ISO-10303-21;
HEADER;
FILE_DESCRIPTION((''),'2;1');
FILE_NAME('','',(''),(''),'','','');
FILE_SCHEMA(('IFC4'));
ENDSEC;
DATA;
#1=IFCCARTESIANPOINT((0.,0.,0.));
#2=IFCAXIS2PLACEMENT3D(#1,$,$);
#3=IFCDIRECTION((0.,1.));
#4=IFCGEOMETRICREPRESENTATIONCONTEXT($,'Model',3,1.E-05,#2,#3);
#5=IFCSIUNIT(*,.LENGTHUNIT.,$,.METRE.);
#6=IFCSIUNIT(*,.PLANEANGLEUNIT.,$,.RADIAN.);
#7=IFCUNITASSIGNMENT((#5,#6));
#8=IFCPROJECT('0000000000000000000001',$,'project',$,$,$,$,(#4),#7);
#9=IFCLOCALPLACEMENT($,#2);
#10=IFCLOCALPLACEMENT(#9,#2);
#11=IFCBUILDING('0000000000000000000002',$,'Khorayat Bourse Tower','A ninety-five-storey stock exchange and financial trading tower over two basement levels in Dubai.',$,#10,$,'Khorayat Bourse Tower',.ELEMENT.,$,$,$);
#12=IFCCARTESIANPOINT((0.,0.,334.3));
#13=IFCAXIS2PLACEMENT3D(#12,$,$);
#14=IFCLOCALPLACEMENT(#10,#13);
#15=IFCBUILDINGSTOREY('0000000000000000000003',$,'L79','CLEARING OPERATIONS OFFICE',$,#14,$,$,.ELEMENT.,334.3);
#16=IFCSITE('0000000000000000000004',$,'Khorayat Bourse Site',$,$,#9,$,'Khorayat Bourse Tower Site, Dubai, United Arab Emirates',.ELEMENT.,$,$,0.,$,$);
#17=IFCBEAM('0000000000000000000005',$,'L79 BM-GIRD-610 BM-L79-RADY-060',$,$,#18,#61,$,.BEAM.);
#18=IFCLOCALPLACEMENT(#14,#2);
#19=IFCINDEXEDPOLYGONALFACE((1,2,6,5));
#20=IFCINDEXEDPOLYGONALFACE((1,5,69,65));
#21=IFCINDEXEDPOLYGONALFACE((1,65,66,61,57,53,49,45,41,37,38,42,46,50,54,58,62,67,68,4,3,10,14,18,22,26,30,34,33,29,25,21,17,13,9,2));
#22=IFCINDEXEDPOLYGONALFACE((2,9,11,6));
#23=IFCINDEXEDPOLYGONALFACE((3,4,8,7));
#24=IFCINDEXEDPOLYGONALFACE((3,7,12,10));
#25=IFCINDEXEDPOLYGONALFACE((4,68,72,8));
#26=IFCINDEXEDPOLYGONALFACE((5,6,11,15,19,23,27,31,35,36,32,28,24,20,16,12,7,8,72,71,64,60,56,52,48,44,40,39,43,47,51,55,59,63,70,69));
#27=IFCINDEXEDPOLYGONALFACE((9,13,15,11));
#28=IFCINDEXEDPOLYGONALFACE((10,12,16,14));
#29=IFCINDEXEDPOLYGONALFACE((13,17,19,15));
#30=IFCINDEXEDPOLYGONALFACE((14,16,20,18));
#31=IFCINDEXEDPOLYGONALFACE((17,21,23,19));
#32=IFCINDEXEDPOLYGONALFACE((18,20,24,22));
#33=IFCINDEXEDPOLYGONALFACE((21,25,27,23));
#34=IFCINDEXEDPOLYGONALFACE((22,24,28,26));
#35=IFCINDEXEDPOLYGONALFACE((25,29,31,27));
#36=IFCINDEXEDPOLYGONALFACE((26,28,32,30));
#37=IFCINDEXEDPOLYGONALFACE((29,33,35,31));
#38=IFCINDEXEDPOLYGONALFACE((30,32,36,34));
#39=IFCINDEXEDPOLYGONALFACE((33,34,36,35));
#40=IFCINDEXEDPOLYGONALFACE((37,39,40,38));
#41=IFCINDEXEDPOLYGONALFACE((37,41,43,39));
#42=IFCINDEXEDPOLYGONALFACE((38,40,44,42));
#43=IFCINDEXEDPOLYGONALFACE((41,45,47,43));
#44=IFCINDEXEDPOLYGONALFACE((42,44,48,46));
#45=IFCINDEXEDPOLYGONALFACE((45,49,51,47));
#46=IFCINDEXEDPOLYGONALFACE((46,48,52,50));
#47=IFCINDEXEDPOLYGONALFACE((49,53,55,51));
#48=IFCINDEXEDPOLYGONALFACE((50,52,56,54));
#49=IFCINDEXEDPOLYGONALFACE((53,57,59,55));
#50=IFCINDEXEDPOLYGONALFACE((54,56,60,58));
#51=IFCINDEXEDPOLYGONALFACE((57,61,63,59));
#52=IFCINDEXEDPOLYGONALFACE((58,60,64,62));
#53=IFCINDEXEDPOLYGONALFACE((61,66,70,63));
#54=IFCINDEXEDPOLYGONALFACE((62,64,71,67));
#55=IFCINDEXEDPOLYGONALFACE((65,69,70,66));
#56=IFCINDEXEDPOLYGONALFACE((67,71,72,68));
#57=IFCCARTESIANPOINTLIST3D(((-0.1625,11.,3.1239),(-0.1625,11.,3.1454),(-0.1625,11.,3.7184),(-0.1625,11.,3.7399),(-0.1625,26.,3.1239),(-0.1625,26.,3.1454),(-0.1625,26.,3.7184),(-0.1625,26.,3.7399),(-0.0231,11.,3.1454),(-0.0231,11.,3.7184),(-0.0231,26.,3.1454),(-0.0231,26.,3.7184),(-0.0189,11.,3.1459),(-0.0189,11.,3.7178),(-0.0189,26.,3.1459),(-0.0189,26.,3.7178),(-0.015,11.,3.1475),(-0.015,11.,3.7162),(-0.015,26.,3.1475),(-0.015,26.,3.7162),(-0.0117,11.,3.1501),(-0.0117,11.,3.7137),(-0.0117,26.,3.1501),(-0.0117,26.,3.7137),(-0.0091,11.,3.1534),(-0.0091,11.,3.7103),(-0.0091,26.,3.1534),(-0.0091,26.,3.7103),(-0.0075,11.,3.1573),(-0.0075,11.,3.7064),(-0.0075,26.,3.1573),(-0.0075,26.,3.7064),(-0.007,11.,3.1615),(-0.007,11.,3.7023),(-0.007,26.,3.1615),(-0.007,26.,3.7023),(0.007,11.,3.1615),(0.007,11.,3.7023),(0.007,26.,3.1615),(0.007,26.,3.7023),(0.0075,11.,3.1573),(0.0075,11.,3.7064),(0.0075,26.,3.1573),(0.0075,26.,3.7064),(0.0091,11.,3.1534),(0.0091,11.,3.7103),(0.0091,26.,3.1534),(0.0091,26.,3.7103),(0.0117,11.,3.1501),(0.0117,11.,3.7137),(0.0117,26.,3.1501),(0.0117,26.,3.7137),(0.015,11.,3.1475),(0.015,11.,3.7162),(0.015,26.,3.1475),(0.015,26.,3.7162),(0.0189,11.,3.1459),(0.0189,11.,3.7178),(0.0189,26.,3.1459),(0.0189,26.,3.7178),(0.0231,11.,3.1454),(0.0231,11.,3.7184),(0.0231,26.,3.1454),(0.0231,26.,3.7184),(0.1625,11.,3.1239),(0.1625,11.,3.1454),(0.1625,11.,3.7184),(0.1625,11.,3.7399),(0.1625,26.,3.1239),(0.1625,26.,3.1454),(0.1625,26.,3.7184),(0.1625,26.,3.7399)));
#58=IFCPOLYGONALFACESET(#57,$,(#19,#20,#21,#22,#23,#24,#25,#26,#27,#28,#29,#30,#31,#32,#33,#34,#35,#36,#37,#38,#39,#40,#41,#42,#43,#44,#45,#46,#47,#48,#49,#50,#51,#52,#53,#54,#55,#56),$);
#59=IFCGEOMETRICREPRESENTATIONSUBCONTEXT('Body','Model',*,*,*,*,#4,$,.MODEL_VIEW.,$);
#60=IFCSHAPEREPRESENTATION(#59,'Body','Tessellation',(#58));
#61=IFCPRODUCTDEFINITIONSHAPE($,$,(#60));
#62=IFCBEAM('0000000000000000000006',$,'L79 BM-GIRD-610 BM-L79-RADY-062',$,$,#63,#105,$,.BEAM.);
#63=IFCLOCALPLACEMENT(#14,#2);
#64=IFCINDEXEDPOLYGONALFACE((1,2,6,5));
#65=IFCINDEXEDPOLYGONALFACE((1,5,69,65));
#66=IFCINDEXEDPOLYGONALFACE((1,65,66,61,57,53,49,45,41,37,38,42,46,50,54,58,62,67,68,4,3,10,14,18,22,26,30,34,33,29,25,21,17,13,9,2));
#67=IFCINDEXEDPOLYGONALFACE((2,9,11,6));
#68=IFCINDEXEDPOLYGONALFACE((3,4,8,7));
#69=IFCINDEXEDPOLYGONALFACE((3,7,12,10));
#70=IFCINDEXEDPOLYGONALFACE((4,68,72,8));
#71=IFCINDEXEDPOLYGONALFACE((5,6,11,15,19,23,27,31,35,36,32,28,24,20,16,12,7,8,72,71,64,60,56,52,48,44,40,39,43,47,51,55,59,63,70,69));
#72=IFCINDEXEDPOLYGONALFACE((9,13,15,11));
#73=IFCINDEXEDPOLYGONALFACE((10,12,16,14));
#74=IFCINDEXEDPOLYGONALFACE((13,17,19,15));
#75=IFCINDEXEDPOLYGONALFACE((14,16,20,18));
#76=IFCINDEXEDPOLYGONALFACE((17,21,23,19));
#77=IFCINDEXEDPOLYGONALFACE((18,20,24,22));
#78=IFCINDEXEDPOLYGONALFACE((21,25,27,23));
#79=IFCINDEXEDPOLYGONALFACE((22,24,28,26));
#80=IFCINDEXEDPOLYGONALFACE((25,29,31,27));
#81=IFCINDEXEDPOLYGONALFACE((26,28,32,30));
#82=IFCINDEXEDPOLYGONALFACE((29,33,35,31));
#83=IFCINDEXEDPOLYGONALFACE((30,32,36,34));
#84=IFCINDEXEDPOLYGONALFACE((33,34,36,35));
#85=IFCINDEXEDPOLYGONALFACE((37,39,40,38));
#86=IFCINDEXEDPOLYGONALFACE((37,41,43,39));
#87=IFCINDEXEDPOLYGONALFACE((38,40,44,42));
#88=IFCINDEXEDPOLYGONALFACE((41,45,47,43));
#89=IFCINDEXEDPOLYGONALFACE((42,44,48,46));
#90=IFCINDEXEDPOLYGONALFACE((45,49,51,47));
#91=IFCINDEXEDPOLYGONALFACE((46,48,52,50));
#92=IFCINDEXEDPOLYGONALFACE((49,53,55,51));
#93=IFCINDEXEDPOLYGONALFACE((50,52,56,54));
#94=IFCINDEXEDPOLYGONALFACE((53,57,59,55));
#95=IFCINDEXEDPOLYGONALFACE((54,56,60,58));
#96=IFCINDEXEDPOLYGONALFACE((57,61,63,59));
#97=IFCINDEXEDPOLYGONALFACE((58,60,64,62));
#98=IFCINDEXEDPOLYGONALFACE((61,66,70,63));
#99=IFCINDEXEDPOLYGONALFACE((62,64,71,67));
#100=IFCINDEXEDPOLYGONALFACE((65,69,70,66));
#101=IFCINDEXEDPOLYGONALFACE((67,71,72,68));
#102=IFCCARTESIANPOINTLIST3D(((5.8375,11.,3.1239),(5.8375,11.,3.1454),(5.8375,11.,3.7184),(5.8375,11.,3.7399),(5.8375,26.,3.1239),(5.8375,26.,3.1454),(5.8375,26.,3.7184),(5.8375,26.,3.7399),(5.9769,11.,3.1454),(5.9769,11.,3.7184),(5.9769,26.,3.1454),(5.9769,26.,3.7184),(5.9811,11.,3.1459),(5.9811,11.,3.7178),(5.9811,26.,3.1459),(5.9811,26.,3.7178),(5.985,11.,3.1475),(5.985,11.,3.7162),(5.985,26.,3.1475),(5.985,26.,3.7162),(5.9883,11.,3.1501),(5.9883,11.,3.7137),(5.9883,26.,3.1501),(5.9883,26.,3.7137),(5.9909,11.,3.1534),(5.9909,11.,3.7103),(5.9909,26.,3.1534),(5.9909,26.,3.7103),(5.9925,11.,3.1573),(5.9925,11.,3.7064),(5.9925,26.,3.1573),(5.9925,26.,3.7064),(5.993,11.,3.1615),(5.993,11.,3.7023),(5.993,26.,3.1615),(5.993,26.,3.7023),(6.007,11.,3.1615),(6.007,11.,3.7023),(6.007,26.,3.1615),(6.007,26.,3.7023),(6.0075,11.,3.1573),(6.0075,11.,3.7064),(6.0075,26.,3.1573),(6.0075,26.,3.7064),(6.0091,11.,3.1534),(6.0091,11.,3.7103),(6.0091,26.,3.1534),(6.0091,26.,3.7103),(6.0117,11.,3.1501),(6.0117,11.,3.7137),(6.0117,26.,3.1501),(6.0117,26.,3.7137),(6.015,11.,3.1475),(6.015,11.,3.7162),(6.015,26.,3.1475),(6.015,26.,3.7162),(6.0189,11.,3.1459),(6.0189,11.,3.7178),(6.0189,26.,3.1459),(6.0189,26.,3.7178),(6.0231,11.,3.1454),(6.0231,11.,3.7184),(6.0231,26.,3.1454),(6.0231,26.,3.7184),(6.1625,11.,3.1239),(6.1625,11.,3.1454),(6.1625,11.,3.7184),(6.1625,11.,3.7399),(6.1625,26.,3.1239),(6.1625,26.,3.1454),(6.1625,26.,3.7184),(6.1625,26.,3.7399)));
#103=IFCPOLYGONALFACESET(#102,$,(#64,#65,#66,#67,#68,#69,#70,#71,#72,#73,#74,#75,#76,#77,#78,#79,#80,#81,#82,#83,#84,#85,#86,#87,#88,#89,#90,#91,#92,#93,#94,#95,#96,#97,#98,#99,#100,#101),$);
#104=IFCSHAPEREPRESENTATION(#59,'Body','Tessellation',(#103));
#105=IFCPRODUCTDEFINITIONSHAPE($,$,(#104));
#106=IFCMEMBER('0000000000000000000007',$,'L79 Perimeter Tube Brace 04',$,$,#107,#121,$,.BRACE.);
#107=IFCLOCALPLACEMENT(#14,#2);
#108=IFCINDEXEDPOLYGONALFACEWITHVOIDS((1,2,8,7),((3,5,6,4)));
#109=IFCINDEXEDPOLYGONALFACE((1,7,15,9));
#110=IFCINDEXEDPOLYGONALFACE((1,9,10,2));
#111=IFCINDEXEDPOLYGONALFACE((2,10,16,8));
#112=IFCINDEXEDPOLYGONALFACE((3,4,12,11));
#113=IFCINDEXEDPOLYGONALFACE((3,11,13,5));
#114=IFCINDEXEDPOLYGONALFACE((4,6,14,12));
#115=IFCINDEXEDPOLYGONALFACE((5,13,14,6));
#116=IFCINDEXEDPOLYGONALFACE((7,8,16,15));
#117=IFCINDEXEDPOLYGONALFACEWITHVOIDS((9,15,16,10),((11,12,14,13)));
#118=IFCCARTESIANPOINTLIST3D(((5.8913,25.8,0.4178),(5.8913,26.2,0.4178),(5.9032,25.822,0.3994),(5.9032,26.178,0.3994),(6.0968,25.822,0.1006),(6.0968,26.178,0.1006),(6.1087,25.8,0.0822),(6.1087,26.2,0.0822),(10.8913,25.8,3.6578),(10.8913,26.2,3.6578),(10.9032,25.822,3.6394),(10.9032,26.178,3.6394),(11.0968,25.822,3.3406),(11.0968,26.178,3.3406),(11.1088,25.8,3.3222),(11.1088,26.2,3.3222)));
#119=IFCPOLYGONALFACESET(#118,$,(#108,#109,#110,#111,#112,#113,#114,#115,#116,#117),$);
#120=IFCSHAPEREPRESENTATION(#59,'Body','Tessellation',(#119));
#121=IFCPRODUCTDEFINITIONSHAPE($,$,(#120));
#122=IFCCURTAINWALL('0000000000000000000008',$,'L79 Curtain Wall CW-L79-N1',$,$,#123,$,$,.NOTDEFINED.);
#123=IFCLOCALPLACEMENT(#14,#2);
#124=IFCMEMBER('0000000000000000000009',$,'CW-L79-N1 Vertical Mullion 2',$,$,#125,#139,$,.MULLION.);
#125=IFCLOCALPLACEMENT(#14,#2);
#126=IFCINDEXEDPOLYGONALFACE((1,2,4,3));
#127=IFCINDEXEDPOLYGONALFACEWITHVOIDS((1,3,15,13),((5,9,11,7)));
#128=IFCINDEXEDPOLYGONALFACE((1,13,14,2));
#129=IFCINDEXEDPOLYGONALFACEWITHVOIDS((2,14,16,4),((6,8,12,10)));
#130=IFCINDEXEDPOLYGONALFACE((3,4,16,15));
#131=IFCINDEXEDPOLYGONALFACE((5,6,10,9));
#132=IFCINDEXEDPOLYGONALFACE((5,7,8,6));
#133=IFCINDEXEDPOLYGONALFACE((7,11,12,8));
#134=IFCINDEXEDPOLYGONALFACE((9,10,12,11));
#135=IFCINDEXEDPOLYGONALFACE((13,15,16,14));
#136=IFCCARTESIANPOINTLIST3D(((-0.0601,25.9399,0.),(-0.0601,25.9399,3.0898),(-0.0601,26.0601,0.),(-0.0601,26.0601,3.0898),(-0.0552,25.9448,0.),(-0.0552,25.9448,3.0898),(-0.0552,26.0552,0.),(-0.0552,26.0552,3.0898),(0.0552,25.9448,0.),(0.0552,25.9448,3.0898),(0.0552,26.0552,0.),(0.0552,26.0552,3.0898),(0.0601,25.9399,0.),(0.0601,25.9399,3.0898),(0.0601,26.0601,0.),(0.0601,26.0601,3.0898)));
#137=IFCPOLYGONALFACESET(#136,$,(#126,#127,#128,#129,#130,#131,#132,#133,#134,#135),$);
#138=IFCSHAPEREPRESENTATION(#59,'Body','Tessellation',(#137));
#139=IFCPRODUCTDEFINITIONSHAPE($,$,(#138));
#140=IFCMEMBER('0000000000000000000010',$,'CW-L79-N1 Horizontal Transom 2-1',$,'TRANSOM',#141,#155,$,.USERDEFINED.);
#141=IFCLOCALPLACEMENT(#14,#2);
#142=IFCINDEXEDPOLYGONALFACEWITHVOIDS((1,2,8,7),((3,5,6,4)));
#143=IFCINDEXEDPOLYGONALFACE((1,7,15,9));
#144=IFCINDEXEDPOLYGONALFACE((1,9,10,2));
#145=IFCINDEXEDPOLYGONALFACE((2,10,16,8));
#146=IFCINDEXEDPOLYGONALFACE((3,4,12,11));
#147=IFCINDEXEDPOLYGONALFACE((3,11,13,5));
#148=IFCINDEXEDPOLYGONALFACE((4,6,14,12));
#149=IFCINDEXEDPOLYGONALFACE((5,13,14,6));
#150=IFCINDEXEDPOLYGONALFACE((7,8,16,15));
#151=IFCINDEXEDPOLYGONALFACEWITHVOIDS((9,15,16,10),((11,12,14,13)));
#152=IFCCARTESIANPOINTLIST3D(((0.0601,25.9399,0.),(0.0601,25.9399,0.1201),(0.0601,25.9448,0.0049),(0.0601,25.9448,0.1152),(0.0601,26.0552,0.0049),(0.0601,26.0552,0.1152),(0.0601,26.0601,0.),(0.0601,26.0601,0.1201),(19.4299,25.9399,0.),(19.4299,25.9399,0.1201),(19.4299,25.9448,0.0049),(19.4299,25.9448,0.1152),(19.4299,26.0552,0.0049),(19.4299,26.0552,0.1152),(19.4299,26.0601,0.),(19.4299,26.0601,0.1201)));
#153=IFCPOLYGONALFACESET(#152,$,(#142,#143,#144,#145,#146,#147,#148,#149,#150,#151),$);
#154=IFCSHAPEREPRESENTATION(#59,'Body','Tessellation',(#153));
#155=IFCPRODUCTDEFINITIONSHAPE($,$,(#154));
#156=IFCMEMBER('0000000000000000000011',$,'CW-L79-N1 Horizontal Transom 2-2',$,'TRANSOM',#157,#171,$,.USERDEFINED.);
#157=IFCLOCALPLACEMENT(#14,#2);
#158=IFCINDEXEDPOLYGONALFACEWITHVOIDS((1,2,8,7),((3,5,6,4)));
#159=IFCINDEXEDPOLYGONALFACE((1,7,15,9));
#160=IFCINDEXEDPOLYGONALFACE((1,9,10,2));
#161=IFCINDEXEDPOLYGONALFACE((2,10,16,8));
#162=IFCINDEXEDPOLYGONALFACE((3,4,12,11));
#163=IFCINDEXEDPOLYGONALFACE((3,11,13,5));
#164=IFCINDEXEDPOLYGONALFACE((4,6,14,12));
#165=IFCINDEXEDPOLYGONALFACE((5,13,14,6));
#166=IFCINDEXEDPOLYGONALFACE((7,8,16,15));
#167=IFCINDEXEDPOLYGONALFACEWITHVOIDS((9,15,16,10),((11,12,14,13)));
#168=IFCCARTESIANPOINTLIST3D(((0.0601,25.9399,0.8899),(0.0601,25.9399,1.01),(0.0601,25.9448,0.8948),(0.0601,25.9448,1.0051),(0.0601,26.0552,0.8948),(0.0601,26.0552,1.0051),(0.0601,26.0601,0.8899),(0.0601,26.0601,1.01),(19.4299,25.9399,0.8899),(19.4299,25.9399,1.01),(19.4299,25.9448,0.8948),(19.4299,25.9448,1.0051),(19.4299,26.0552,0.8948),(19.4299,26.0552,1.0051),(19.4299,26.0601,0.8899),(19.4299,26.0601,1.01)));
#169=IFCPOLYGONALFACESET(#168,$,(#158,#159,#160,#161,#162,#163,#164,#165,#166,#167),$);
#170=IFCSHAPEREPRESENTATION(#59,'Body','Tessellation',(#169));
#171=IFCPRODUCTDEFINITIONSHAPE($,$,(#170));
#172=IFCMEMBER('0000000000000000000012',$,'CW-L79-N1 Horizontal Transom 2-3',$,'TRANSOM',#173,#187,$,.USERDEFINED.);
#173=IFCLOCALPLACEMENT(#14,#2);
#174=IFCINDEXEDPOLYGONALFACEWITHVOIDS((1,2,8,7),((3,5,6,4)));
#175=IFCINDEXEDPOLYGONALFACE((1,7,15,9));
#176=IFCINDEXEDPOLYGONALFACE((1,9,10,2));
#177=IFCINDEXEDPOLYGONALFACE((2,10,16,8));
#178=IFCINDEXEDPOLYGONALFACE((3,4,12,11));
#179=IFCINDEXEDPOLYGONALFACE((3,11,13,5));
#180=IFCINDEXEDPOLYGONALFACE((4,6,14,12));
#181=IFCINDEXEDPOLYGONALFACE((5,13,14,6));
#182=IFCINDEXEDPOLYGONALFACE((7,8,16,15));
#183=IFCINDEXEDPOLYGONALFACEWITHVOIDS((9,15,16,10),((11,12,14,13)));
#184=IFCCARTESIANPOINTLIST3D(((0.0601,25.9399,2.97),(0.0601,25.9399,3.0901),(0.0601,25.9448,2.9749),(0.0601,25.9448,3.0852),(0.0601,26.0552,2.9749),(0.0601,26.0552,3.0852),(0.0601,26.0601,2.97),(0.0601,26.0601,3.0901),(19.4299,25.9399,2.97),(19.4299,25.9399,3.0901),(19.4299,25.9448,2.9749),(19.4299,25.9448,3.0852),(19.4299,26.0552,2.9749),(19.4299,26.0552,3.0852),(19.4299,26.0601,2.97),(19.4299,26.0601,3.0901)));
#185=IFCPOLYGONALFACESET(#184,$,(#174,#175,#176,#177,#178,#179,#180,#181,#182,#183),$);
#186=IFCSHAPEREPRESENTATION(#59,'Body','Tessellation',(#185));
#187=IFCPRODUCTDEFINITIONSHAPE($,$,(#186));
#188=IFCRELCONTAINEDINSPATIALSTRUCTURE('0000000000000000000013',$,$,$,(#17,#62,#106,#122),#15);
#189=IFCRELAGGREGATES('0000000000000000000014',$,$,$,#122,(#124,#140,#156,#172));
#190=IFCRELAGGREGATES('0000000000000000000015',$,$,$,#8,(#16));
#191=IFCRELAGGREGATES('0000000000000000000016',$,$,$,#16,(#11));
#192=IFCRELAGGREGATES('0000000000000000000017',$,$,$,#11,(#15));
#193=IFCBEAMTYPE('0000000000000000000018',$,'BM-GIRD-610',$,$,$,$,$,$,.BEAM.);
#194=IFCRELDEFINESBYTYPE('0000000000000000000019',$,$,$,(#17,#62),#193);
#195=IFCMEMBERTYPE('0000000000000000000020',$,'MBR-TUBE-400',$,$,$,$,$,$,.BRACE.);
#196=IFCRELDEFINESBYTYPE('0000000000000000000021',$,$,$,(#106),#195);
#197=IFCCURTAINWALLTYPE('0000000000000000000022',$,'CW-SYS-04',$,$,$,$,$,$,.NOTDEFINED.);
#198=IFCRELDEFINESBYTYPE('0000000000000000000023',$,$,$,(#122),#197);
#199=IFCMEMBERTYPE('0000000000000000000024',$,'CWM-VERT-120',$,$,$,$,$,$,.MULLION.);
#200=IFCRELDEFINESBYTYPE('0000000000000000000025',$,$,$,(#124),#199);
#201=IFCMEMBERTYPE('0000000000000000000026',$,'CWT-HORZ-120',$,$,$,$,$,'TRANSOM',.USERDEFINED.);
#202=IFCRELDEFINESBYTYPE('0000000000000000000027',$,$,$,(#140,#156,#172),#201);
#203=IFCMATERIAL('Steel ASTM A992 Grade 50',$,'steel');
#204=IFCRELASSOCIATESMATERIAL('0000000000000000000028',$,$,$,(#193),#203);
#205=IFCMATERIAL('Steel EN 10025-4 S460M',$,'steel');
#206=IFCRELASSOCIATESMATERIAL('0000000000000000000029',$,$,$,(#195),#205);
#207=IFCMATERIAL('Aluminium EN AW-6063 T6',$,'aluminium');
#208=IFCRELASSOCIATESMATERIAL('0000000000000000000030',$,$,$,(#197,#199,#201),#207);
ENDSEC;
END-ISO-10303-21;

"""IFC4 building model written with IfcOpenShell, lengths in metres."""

from ifc_helpers import new_model, si_unit, direction, frame, origin, origin_2d, place, context, subcontext, project, spatial, hollow_rectangle, i_section, extrude, source, transform, mapped, material, material_profile, profile_set, type_object, element, aggregate, save


model = new_model("IFC4")

# Units and contexts
model_context = context("Model", 3, precision=1e-05, world=origin(), true_north=direction((0.0, 1.0)))
body_context = subcontext(model_context, "Body", "Model", "MODEL_VIEW")
ifc_project = project(units=[si_unit("LENGTHUNIT", "METRE"), si_unit("PLANEANGLEUNIT", "RADIAN")], contexts=[model_context])

# Site, building, storey
site_placement = place(None, origin())
site = spatial("IfcSite", under=ifc_project, at=site_placement, Name="Khorayat Bourse Site", LongName="Khorayat Bourse Tower Site, Dubai, United Arab Emirates", CompositionType="ELEMENT", RefElevation=0.0)
building_placement = place(site_placement, origin())
building = spatial("IfcBuilding", under=site, at=building_placement, Name="Khorayat Bourse Tower", Description="A ninety-five-storey stock exchange and financial trading tower over two basement levels in Dubai.", LongName="Khorayat Bourse Tower", CompositionType="ELEMENT")
storey_placement = place(building_placement, frame((0.0, 0.0, 334.3)))
storey = spatial("IfcBuildingStorey", under=building, at=storey_placement, Name="L79", Description="CLEARING OPERATIONS OFFICE", CompositionType="ELEMENT", Elevation=334.3)

# Beams
ifc_material_1 = material(Name="Steel ASTM A992 Grade 50", Category="steel")
ifc_material_profile_1 = material_profile(ifc_material_1, i_section(OverallWidth=0.325, OverallDepth=0.616, WebThickness=0.0139, FlangeThickness=0.0215, FilletRadius=0.0161, at=origin_2d()), Name="W610X174")
ifc_profile_set_1 = profile_set([ifc_material_profile_1], Name="Steel ASTM A992 Grade 50")
beam_type_1 = type_object("IfcBeamType", Name="BM-GIRD-610", PredefinedType="BEAM", material=ifc_profile_set_1)
shared_shape_1 = source(origin(), body_context, "Body", "SweptSolid", [
    extrude(i_section(OverallWidth=0.325, OverallDepth=0.616, WebThickness=0.0139, FlangeThickness=0.0215, FilletRadius=0.0161, at=origin_2d()), origin(), (0.0, 0.0, 1.0), 15.0),
])
for number, where, z_axis, x_axis, name in (
    (1, (0.0, 11.0, 3.4319), (0.0, 1.0, 0.0), (-1.0, 0.0, 0.0), "L79 BM-GIRD-610 BM-L79-RADY-060"),
    (2, (6.0, 11.0, 3.4319), (0.0, 1.0, 0.0), (-1.0, 0.0, 0.0), "L79 BM-GIRD-610 BM-L79-RADY-062"),
):
    element("IfcBeam", number, at=place(storey_placement, frame(where, z_axis=z_axis, x_axis=x_axis)), inside=storey, type_object=beam_type_1, Name=name, PredefinedType="BEAM", context=body_context, shape_type="MappedRepresentation", body=[
        mapped(shared_shape_1, transform((0.0, 0.0, 0.0), scale=1.0)),
    ])

# Member
ifc_material_2 = material(Name="Steel EN 10025-4 S460M", Category="steel")
ifc_material_profile_2 = material_profile(ifc_material_2, hollow_rectangle(XDim=0.3999, YDim=0.3999, WallThickness=0.022, at=origin_2d()), Name="HSS 400x400x22")
ifc_profile_set_2 = profile_set([ifc_material_profile_2], Name="Steel EN 10025-4 S460M")
member_type_1 = type_object("IfcMemberType", Name="MBR-TUBE-400", PredefinedType="BRACE", material=ifc_profile_set_2)
shared_shape_2 = source(origin(), body_context, "Body", "SweptSolid", [
    extrude(hollow_rectangle(XDim=0.3999, YDim=0.3999, WallThickness=0.022, at=origin_2d()), origin(), (0.0, 0.0, 1.0), 5.958),
])
member_1_placement = place(storey_placement, frame((6.0, 26.0, 0.25), z_axis=(0.83921, 0.0, 0.543807), x_axis=(0.0, 1.0, 0.0)))
element("IfcMember", 3, at=member_1_placement, inside=storey, type_object=member_type_1, Name="L79 Perimeter Tube Brace 04", PredefinedType="BRACE", context=body_context, shape_type="MappedRepresentation", body=[
    mapped(shared_shape_2, transform((0.0, 0.0, 0.0), scale=1.0)),
])

# Curtain wall, members
ifc_material_3 = material(Name="Aluminium EN AW-6063 T6", Category="aluminium")
curtain_wall_type = type_object("IfcCurtainWallType", Name="CW-SYS-04", PredefinedType="NOTDEFINED", material=ifc_material_3)
curtain_wall_placement = place(storey_placement, origin())
curtain_wall = element("IfcCurtainWall", 4, at=curtain_wall_placement, inside=storey, type_object=curtain_wall_type, Name="L79 Curtain Wall CW-L79-N1", PredefinedType="NOTDEFINED")
ifc_material_profile_3 = material_profile(ifc_material_3, hollow_rectangle(XDim=0.1201, YDim=0.1201, WallThickness=0.0049, at=origin_2d()), Name="ALU 120x120x5")
ifc_profile_set_3 = profile_set([ifc_material_profile_3], Name="Aluminium EN AW-6063 T6")
member_type_2 = type_object("IfcMemberType", Name="CWM-VERT-120", PredefinedType="MULLION", material=ifc_profile_set_3)
shared_shape_3 = source(origin(), body_context, "Body", "SweptSolid", [
    extrude(hollow_rectangle(XDim=0.1201, YDim=0.1201, WallThickness=0.0049, at=origin_2d()), origin(), (0.0, 0.0, 1.0), 3.0898),
])
member_2_placement = place(storey_placement, frame((0.0, 26.0, 0.0), z_axis=(0.0, 0.0, 1.0), x_axis=(0.0, 1.0, 0.0)))
member_2 = element("IfcMember", 5, at=member_2_placement, type_object=member_type_2, Name="CW-L79-N1 Vertical Mullion 2", PredefinedType="MULLION", context=body_context, shape_type="MappedRepresentation", body=[
    mapped(shared_shape_3, transform((0.0, 0.0, 0.0), scale=1.0)),
])
ifc_material_profile_4 = material_profile(ifc_material_3, hollow_rectangle(XDim=0.1201, YDim=0.1201, WallThickness=0.0049, at=origin_2d()), Name="ALU 120x120x5")
ifc_profile_set_4 = profile_set([ifc_material_profile_4], Name="Aluminium EN AW-6063 T6")
member_type_3 = type_object("IfcMemberType", Name="CWT-HORZ-120", ElementType="TRANSOM", PredefinedType="USERDEFINED", material=ifc_profile_set_4)
shared_shape_4 = source(origin(), body_context, "Body", "SweptSolid", [
    extrude(hollow_rectangle(XDim=0.1201, YDim=0.1201, WallThickness=0.0049, at=origin_2d()), origin(), (0.0, 0.0, 1.0), 19.3699),
])
member_3_placement = place(storey_placement, frame((0.0601, 26.0, 0.0601), z_axis=(1.0, 0.0, 0.0), x_axis=(0.0, 1.0, 0.0)))
member_3 = element("IfcMember", 6, at=member_3_placement, type_object=member_type_3, Name="CW-L79-N1 Horizontal Transom 2-1", ObjectType="TRANSOM", PredefinedType="USERDEFINED", context=body_context, shape_type="MappedRepresentation", body=[
    mapped(shared_shape_4, transform((0.0, 0.0, 0.0), scale=1.0)),
])
member_4_placement = place(storey_placement, frame((0.0601, 26.0, 0.95), z_axis=(1.0, 0.0, 0.0), x_axis=(0.0, 1.0, 0.0)))
member_4 = element("IfcMember", 7, at=member_4_placement, type_object=member_type_3, Name="CW-L79-N1 Horizontal Transom 2-2", ObjectType="TRANSOM", PredefinedType="USERDEFINED", context=body_context, shape_type="MappedRepresentation", body=[
    mapped(shared_shape_4, transform((0.0, 0.0, 0.0), scale=1.0)),
])
member_5_placement = place(storey_placement, frame((0.0601, 26.0, 3.03), z_axis=(1.0, 0.0, 0.0), x_axis=(0.0, 1.0, 0.0)))
member_5 = element("IfcMember", 8, at=member_5_placement, type_object=member_type_3, Name="CW-L79-N1 Horizontal Transom 2-3", ObjectType="TRANSOM", PredefinedType="USERDEFINED", context=body_context, shape_type="MappedRepresentation", body=[
    mapped(shared_shape_4, transform((0.0, 0.0, 0.0), scale=1.0)),
])

aggregate(curtain_wall, [member_2, member_3, member_4, member_5])

save(model, "model.ifc")
